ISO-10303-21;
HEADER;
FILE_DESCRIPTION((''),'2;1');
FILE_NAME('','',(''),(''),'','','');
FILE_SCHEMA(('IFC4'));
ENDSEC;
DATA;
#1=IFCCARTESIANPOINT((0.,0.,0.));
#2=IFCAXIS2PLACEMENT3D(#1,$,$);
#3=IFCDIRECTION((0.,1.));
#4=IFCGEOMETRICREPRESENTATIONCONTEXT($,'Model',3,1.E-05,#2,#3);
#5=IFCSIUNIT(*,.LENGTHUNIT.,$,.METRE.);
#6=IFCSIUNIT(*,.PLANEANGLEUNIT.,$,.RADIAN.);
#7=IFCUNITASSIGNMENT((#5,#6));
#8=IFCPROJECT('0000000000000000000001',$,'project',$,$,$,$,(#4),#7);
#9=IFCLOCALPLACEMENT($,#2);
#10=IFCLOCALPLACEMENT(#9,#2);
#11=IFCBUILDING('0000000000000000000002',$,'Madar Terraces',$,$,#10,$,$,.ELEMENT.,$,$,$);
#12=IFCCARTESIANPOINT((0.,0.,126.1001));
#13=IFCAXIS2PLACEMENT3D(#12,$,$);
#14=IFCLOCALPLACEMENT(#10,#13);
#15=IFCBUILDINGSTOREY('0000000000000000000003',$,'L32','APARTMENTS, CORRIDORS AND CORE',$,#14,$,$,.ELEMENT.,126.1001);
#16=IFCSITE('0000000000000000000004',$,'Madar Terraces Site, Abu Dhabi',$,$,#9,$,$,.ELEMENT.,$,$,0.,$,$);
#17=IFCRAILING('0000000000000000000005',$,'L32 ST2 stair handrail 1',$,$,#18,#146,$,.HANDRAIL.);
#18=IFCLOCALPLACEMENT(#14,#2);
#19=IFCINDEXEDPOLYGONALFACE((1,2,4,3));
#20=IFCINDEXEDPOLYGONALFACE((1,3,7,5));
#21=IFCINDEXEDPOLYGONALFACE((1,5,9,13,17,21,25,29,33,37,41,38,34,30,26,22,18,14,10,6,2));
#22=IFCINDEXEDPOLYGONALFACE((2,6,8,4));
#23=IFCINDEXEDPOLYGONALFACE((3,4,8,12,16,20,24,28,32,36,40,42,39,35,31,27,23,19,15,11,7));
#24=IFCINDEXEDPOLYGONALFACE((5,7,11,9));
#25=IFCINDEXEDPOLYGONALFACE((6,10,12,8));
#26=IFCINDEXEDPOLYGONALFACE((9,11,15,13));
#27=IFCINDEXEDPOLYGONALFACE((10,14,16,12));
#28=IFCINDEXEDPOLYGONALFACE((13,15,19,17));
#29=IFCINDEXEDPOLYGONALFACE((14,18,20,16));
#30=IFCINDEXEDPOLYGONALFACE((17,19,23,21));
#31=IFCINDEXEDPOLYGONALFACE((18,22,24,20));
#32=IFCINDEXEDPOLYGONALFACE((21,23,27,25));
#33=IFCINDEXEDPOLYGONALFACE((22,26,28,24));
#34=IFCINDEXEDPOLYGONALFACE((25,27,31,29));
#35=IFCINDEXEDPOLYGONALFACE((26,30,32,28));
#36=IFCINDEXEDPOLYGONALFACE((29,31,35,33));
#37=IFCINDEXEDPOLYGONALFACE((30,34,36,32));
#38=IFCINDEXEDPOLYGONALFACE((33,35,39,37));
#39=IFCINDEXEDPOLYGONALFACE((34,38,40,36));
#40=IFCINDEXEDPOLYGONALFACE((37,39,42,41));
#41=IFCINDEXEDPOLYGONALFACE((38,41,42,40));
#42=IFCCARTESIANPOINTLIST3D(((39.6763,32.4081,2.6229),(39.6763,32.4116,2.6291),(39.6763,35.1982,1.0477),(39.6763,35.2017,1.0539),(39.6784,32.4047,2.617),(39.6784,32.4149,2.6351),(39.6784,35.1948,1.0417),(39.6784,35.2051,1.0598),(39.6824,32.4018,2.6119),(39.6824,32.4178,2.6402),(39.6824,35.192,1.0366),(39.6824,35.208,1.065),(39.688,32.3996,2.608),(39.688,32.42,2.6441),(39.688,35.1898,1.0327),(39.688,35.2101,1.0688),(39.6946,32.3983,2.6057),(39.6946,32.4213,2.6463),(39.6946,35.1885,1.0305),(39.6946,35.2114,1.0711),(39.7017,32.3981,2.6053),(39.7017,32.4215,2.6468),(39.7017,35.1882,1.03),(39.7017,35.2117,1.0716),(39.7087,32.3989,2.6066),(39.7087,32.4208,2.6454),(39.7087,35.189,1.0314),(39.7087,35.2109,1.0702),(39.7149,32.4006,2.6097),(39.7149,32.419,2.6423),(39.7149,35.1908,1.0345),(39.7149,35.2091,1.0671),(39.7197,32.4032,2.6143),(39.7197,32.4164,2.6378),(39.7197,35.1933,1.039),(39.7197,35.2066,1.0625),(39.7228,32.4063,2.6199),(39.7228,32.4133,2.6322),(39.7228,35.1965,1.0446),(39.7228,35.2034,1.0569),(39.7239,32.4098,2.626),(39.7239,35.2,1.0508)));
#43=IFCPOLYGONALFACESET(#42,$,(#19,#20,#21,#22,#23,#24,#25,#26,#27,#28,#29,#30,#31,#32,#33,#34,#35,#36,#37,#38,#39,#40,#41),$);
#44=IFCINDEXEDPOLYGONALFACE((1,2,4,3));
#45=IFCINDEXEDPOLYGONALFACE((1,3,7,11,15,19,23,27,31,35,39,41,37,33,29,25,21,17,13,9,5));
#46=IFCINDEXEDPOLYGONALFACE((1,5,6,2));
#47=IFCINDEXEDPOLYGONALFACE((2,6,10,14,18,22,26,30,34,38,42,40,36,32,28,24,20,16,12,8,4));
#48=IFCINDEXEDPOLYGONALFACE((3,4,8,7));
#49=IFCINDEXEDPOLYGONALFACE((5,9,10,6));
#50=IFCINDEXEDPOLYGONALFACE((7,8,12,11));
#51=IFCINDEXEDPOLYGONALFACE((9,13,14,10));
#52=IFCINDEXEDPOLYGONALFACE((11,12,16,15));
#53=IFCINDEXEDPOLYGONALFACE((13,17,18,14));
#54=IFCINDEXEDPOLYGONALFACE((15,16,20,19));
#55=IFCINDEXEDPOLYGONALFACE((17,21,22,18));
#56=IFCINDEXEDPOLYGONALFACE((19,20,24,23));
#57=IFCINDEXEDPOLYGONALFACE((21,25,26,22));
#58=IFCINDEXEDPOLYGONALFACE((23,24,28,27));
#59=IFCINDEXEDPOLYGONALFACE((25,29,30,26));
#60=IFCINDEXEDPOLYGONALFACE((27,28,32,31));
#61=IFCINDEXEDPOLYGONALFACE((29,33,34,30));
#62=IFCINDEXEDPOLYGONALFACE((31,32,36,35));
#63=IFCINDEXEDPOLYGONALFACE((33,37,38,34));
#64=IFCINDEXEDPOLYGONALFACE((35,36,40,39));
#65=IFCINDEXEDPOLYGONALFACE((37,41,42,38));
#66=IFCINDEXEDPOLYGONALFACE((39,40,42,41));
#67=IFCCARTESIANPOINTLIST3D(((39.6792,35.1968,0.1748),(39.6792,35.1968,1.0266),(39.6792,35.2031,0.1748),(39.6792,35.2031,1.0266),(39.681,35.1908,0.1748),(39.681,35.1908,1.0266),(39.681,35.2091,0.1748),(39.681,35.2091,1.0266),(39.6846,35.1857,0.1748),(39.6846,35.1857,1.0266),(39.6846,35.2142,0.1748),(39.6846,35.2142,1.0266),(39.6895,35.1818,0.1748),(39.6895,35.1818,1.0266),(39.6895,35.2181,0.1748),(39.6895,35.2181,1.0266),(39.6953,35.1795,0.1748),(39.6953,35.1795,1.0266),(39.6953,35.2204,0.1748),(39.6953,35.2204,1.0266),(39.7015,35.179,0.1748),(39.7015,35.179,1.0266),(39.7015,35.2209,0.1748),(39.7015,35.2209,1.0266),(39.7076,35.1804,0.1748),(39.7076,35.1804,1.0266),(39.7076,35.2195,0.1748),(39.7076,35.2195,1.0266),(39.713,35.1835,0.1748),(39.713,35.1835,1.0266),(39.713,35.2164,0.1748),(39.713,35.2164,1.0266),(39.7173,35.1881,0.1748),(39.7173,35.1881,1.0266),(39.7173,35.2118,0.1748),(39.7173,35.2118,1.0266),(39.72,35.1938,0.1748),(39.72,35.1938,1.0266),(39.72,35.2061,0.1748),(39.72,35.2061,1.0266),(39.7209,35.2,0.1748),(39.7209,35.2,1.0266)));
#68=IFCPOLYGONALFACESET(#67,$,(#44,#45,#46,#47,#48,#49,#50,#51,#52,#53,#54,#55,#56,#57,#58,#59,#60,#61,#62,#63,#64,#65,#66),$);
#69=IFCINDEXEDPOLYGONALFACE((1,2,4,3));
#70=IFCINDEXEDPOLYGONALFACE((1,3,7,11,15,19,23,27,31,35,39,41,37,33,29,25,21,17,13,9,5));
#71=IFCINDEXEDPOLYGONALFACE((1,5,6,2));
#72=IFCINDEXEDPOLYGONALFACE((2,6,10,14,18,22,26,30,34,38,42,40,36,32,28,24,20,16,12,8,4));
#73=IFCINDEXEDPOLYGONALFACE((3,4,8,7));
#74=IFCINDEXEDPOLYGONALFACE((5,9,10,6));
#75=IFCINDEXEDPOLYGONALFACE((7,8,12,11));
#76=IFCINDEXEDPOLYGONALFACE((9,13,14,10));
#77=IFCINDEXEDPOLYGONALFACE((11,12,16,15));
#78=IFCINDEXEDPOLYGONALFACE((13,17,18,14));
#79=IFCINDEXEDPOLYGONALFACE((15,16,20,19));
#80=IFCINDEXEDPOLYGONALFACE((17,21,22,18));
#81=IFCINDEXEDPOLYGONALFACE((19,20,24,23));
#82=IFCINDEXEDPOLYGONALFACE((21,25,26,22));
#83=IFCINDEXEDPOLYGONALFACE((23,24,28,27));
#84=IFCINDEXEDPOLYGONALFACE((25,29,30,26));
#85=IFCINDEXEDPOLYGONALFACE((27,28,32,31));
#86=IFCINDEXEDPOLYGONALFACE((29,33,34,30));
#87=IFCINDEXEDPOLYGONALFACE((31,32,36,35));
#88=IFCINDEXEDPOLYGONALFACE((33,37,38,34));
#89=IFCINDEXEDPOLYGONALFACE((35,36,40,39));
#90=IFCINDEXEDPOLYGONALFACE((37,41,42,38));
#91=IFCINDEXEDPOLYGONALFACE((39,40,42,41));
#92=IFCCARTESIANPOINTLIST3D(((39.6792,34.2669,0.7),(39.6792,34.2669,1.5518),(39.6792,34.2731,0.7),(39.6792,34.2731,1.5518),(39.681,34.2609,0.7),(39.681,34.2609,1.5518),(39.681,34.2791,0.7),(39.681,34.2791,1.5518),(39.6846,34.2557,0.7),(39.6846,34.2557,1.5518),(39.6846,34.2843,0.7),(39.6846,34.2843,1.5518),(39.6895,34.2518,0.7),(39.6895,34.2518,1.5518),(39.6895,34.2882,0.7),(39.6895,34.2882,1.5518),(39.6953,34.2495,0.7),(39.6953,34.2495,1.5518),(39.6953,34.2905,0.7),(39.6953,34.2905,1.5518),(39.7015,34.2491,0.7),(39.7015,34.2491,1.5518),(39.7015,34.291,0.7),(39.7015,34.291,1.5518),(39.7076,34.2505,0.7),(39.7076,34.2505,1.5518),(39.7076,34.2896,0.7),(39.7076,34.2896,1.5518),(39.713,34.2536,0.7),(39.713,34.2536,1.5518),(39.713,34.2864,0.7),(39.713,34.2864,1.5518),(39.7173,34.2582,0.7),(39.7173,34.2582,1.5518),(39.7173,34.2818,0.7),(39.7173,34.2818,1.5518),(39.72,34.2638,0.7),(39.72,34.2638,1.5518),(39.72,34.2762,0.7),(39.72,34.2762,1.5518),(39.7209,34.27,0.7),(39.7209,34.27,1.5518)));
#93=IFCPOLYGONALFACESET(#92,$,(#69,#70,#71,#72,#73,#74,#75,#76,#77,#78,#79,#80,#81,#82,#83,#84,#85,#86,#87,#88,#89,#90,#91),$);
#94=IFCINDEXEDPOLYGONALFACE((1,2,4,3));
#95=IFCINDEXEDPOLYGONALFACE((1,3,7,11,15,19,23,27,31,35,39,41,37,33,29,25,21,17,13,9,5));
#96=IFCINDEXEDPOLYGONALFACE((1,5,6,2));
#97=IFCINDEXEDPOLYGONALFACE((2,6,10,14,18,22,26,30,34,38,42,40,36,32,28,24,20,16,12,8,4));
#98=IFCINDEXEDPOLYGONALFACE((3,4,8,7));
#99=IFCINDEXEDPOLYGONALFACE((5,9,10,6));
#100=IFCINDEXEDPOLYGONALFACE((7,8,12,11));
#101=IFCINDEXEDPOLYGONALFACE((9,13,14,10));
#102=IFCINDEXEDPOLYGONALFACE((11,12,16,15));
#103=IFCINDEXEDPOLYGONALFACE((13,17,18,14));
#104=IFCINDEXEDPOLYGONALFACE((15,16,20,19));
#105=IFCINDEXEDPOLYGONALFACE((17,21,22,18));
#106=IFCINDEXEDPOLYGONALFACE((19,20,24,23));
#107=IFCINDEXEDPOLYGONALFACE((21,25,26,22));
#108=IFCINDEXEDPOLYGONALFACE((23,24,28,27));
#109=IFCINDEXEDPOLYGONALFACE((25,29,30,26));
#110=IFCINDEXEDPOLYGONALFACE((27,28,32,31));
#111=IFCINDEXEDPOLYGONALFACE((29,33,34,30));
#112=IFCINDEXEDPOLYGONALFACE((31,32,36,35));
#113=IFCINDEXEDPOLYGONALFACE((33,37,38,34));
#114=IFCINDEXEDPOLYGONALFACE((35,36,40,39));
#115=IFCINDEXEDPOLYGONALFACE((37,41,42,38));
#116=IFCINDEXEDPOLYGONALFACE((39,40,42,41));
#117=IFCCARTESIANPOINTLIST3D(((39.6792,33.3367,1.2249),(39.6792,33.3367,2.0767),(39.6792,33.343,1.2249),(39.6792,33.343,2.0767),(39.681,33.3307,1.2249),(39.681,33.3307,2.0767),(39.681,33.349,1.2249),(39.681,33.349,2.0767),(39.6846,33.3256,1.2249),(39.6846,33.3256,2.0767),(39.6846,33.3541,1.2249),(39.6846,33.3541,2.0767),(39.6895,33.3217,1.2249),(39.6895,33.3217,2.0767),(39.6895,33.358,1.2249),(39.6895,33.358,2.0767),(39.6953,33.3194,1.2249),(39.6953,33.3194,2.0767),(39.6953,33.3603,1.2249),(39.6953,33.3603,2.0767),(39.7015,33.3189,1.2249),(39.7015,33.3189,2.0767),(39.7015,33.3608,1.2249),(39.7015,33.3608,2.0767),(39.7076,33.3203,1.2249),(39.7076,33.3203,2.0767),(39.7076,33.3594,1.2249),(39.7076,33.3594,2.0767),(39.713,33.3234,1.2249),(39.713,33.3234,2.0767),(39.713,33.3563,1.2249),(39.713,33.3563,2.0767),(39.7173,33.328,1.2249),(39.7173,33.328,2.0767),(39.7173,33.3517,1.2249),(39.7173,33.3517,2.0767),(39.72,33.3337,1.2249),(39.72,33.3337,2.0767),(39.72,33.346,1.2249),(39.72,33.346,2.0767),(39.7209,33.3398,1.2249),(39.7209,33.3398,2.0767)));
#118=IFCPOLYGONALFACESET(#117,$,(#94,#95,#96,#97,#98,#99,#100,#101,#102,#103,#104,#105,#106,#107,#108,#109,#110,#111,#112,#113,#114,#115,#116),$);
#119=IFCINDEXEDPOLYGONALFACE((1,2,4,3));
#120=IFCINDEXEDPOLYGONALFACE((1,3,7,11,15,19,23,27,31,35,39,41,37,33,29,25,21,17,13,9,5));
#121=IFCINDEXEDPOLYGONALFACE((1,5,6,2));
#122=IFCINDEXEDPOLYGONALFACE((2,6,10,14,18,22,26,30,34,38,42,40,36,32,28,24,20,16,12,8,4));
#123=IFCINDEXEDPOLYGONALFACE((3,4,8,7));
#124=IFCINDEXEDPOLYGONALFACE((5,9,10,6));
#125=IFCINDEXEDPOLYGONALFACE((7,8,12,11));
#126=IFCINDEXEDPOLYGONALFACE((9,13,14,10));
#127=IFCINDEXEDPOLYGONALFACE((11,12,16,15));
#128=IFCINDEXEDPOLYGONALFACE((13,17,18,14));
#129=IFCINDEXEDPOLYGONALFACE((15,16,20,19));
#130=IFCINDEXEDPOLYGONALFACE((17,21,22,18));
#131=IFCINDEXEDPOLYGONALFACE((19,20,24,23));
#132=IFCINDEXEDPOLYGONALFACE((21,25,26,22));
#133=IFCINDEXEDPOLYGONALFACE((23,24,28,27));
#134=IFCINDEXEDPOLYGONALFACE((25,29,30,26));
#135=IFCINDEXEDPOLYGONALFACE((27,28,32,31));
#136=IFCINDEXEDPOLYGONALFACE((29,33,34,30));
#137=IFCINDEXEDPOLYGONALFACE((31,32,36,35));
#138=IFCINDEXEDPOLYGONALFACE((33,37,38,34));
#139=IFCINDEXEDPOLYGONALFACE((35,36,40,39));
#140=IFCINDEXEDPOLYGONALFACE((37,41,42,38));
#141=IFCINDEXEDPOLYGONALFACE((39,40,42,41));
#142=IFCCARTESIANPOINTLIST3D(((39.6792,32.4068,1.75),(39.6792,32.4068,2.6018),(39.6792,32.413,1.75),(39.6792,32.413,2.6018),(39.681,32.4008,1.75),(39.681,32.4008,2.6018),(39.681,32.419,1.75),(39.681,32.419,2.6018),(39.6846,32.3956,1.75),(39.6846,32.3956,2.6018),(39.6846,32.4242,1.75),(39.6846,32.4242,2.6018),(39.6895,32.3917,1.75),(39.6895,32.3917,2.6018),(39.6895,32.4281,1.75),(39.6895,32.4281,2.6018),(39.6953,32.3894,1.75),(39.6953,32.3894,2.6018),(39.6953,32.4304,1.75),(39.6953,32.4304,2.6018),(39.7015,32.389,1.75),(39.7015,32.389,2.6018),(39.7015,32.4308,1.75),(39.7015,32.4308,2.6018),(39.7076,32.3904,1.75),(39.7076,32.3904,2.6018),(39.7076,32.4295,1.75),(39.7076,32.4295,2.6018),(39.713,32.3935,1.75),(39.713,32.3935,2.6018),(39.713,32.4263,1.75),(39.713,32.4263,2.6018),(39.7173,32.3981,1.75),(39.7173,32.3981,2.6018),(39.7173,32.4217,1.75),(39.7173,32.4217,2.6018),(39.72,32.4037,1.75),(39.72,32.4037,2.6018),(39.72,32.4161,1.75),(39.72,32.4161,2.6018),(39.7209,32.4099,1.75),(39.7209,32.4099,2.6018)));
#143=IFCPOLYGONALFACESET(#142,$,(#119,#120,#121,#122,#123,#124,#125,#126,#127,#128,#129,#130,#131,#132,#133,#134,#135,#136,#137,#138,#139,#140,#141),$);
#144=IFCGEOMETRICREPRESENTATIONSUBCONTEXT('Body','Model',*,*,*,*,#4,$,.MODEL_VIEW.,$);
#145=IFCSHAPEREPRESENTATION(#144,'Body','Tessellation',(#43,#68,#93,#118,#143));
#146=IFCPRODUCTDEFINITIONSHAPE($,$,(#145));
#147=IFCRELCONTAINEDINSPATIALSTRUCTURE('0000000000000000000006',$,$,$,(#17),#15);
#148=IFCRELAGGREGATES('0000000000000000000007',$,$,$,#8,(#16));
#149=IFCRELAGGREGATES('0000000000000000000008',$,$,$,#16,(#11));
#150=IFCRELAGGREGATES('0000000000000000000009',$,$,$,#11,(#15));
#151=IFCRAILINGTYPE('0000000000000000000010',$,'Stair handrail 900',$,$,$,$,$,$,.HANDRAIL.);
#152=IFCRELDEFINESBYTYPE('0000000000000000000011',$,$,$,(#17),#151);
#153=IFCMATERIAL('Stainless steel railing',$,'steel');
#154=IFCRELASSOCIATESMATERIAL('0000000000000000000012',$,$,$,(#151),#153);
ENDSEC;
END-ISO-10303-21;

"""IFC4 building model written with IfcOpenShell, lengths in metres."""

from ifc_helpers import new_model, si_unit, direction, frame, origin, origin_2d, place, context, subcontext, project, spatial, circle, extrude, material, type_object, element, save


model = new_model("IFC4")

# Units and contexts
model_context = context("Model", 3, precision=1e-05, world=origin(), true_north=direction((0.0, 1.0)))
body_context = subcontext(model_context, "Body", "Model", "MODEL_VIEW")
ifc_project = project(units=[si_unit("LENGTHUNIT", "METRE"), si_unit("PLANEANGLEUNIT", "RADIAN")], contexts=[model_context])

# Site, building, storey
site_placement = place(None, origin())
site = spatial("IfcSite", under=ifc_project, at=site_placement, Name="Madar Terraces Site, Abu Dhabi", CompositionType="ELEMENT", RefElevation=0.0)
building_placement = place(site_placement, origin())
building = spatial("IfcBuilding", under=site, at=building_placement, Name="Madar Terraces", CompositionType="ELEMENT")
storey_placement = place(building_placement, frame((0.0, 0.0, 126.1001)))
storey = spatial("IfcBuildingStorey", under=building, at=storey_placement, Name="L32", Description="APARTMENTS, CORRIDORS AND CORE", CompositionType="ELEMENT", Elevation=126.1001)

# Railing
ifc_material_1 = material(Name="Stainless steel railing", Category="steel")
railing_type_1 = type_object("IfcRailingType", Name="Stair handrail 900", PredefinedType="HANDRAIL", material=ifc_material_1)
railing_1_placement = place(storey_placement, frame((39.7, 35.2, 0.1748)))
element("IfcRailing", 1, at=railing_1_placement, inside=storey, type_object=railing_type_1, Name="L32 ST2 stair handrail 1", PredefinedType="HANDRAIL", context=body_context, shape_type="SweptSolid", body=[
    extrude(circle(Radius=0.0239, at=origin_2d()), frame((0.0, 0.0, 0.876), z_axis=(0.0, -0.870801, 0.491635), x_axis=(1.0, 0.0, 0.0)), (0.0, 0.0, 1.0), 3.2041),
    extrude(circle(Radius=0.021, at=origin_2d()), origin(), (0.0, 0.0, 1.0), 0.8518),
    extrude(circle(Radius=0.021, at=origin_2d()), frame((0.0, -0.9299, 0.5251)), (0.0, 0.0, 1.0), 0.8518),
    extrude(circle(Radius=0.021, at=origin_2d()), frame((0.0, -1.8601, 1.05)), (0.0, 0.0, 1.0), 0.8518),
    extrude(circle(Radius=0.021, at=origin_2d()), frame((0.0, -2.79, 1.5752)), (0.0, 0.0, 1.0), 0.8518),
])

save(model, "model.ifc")
